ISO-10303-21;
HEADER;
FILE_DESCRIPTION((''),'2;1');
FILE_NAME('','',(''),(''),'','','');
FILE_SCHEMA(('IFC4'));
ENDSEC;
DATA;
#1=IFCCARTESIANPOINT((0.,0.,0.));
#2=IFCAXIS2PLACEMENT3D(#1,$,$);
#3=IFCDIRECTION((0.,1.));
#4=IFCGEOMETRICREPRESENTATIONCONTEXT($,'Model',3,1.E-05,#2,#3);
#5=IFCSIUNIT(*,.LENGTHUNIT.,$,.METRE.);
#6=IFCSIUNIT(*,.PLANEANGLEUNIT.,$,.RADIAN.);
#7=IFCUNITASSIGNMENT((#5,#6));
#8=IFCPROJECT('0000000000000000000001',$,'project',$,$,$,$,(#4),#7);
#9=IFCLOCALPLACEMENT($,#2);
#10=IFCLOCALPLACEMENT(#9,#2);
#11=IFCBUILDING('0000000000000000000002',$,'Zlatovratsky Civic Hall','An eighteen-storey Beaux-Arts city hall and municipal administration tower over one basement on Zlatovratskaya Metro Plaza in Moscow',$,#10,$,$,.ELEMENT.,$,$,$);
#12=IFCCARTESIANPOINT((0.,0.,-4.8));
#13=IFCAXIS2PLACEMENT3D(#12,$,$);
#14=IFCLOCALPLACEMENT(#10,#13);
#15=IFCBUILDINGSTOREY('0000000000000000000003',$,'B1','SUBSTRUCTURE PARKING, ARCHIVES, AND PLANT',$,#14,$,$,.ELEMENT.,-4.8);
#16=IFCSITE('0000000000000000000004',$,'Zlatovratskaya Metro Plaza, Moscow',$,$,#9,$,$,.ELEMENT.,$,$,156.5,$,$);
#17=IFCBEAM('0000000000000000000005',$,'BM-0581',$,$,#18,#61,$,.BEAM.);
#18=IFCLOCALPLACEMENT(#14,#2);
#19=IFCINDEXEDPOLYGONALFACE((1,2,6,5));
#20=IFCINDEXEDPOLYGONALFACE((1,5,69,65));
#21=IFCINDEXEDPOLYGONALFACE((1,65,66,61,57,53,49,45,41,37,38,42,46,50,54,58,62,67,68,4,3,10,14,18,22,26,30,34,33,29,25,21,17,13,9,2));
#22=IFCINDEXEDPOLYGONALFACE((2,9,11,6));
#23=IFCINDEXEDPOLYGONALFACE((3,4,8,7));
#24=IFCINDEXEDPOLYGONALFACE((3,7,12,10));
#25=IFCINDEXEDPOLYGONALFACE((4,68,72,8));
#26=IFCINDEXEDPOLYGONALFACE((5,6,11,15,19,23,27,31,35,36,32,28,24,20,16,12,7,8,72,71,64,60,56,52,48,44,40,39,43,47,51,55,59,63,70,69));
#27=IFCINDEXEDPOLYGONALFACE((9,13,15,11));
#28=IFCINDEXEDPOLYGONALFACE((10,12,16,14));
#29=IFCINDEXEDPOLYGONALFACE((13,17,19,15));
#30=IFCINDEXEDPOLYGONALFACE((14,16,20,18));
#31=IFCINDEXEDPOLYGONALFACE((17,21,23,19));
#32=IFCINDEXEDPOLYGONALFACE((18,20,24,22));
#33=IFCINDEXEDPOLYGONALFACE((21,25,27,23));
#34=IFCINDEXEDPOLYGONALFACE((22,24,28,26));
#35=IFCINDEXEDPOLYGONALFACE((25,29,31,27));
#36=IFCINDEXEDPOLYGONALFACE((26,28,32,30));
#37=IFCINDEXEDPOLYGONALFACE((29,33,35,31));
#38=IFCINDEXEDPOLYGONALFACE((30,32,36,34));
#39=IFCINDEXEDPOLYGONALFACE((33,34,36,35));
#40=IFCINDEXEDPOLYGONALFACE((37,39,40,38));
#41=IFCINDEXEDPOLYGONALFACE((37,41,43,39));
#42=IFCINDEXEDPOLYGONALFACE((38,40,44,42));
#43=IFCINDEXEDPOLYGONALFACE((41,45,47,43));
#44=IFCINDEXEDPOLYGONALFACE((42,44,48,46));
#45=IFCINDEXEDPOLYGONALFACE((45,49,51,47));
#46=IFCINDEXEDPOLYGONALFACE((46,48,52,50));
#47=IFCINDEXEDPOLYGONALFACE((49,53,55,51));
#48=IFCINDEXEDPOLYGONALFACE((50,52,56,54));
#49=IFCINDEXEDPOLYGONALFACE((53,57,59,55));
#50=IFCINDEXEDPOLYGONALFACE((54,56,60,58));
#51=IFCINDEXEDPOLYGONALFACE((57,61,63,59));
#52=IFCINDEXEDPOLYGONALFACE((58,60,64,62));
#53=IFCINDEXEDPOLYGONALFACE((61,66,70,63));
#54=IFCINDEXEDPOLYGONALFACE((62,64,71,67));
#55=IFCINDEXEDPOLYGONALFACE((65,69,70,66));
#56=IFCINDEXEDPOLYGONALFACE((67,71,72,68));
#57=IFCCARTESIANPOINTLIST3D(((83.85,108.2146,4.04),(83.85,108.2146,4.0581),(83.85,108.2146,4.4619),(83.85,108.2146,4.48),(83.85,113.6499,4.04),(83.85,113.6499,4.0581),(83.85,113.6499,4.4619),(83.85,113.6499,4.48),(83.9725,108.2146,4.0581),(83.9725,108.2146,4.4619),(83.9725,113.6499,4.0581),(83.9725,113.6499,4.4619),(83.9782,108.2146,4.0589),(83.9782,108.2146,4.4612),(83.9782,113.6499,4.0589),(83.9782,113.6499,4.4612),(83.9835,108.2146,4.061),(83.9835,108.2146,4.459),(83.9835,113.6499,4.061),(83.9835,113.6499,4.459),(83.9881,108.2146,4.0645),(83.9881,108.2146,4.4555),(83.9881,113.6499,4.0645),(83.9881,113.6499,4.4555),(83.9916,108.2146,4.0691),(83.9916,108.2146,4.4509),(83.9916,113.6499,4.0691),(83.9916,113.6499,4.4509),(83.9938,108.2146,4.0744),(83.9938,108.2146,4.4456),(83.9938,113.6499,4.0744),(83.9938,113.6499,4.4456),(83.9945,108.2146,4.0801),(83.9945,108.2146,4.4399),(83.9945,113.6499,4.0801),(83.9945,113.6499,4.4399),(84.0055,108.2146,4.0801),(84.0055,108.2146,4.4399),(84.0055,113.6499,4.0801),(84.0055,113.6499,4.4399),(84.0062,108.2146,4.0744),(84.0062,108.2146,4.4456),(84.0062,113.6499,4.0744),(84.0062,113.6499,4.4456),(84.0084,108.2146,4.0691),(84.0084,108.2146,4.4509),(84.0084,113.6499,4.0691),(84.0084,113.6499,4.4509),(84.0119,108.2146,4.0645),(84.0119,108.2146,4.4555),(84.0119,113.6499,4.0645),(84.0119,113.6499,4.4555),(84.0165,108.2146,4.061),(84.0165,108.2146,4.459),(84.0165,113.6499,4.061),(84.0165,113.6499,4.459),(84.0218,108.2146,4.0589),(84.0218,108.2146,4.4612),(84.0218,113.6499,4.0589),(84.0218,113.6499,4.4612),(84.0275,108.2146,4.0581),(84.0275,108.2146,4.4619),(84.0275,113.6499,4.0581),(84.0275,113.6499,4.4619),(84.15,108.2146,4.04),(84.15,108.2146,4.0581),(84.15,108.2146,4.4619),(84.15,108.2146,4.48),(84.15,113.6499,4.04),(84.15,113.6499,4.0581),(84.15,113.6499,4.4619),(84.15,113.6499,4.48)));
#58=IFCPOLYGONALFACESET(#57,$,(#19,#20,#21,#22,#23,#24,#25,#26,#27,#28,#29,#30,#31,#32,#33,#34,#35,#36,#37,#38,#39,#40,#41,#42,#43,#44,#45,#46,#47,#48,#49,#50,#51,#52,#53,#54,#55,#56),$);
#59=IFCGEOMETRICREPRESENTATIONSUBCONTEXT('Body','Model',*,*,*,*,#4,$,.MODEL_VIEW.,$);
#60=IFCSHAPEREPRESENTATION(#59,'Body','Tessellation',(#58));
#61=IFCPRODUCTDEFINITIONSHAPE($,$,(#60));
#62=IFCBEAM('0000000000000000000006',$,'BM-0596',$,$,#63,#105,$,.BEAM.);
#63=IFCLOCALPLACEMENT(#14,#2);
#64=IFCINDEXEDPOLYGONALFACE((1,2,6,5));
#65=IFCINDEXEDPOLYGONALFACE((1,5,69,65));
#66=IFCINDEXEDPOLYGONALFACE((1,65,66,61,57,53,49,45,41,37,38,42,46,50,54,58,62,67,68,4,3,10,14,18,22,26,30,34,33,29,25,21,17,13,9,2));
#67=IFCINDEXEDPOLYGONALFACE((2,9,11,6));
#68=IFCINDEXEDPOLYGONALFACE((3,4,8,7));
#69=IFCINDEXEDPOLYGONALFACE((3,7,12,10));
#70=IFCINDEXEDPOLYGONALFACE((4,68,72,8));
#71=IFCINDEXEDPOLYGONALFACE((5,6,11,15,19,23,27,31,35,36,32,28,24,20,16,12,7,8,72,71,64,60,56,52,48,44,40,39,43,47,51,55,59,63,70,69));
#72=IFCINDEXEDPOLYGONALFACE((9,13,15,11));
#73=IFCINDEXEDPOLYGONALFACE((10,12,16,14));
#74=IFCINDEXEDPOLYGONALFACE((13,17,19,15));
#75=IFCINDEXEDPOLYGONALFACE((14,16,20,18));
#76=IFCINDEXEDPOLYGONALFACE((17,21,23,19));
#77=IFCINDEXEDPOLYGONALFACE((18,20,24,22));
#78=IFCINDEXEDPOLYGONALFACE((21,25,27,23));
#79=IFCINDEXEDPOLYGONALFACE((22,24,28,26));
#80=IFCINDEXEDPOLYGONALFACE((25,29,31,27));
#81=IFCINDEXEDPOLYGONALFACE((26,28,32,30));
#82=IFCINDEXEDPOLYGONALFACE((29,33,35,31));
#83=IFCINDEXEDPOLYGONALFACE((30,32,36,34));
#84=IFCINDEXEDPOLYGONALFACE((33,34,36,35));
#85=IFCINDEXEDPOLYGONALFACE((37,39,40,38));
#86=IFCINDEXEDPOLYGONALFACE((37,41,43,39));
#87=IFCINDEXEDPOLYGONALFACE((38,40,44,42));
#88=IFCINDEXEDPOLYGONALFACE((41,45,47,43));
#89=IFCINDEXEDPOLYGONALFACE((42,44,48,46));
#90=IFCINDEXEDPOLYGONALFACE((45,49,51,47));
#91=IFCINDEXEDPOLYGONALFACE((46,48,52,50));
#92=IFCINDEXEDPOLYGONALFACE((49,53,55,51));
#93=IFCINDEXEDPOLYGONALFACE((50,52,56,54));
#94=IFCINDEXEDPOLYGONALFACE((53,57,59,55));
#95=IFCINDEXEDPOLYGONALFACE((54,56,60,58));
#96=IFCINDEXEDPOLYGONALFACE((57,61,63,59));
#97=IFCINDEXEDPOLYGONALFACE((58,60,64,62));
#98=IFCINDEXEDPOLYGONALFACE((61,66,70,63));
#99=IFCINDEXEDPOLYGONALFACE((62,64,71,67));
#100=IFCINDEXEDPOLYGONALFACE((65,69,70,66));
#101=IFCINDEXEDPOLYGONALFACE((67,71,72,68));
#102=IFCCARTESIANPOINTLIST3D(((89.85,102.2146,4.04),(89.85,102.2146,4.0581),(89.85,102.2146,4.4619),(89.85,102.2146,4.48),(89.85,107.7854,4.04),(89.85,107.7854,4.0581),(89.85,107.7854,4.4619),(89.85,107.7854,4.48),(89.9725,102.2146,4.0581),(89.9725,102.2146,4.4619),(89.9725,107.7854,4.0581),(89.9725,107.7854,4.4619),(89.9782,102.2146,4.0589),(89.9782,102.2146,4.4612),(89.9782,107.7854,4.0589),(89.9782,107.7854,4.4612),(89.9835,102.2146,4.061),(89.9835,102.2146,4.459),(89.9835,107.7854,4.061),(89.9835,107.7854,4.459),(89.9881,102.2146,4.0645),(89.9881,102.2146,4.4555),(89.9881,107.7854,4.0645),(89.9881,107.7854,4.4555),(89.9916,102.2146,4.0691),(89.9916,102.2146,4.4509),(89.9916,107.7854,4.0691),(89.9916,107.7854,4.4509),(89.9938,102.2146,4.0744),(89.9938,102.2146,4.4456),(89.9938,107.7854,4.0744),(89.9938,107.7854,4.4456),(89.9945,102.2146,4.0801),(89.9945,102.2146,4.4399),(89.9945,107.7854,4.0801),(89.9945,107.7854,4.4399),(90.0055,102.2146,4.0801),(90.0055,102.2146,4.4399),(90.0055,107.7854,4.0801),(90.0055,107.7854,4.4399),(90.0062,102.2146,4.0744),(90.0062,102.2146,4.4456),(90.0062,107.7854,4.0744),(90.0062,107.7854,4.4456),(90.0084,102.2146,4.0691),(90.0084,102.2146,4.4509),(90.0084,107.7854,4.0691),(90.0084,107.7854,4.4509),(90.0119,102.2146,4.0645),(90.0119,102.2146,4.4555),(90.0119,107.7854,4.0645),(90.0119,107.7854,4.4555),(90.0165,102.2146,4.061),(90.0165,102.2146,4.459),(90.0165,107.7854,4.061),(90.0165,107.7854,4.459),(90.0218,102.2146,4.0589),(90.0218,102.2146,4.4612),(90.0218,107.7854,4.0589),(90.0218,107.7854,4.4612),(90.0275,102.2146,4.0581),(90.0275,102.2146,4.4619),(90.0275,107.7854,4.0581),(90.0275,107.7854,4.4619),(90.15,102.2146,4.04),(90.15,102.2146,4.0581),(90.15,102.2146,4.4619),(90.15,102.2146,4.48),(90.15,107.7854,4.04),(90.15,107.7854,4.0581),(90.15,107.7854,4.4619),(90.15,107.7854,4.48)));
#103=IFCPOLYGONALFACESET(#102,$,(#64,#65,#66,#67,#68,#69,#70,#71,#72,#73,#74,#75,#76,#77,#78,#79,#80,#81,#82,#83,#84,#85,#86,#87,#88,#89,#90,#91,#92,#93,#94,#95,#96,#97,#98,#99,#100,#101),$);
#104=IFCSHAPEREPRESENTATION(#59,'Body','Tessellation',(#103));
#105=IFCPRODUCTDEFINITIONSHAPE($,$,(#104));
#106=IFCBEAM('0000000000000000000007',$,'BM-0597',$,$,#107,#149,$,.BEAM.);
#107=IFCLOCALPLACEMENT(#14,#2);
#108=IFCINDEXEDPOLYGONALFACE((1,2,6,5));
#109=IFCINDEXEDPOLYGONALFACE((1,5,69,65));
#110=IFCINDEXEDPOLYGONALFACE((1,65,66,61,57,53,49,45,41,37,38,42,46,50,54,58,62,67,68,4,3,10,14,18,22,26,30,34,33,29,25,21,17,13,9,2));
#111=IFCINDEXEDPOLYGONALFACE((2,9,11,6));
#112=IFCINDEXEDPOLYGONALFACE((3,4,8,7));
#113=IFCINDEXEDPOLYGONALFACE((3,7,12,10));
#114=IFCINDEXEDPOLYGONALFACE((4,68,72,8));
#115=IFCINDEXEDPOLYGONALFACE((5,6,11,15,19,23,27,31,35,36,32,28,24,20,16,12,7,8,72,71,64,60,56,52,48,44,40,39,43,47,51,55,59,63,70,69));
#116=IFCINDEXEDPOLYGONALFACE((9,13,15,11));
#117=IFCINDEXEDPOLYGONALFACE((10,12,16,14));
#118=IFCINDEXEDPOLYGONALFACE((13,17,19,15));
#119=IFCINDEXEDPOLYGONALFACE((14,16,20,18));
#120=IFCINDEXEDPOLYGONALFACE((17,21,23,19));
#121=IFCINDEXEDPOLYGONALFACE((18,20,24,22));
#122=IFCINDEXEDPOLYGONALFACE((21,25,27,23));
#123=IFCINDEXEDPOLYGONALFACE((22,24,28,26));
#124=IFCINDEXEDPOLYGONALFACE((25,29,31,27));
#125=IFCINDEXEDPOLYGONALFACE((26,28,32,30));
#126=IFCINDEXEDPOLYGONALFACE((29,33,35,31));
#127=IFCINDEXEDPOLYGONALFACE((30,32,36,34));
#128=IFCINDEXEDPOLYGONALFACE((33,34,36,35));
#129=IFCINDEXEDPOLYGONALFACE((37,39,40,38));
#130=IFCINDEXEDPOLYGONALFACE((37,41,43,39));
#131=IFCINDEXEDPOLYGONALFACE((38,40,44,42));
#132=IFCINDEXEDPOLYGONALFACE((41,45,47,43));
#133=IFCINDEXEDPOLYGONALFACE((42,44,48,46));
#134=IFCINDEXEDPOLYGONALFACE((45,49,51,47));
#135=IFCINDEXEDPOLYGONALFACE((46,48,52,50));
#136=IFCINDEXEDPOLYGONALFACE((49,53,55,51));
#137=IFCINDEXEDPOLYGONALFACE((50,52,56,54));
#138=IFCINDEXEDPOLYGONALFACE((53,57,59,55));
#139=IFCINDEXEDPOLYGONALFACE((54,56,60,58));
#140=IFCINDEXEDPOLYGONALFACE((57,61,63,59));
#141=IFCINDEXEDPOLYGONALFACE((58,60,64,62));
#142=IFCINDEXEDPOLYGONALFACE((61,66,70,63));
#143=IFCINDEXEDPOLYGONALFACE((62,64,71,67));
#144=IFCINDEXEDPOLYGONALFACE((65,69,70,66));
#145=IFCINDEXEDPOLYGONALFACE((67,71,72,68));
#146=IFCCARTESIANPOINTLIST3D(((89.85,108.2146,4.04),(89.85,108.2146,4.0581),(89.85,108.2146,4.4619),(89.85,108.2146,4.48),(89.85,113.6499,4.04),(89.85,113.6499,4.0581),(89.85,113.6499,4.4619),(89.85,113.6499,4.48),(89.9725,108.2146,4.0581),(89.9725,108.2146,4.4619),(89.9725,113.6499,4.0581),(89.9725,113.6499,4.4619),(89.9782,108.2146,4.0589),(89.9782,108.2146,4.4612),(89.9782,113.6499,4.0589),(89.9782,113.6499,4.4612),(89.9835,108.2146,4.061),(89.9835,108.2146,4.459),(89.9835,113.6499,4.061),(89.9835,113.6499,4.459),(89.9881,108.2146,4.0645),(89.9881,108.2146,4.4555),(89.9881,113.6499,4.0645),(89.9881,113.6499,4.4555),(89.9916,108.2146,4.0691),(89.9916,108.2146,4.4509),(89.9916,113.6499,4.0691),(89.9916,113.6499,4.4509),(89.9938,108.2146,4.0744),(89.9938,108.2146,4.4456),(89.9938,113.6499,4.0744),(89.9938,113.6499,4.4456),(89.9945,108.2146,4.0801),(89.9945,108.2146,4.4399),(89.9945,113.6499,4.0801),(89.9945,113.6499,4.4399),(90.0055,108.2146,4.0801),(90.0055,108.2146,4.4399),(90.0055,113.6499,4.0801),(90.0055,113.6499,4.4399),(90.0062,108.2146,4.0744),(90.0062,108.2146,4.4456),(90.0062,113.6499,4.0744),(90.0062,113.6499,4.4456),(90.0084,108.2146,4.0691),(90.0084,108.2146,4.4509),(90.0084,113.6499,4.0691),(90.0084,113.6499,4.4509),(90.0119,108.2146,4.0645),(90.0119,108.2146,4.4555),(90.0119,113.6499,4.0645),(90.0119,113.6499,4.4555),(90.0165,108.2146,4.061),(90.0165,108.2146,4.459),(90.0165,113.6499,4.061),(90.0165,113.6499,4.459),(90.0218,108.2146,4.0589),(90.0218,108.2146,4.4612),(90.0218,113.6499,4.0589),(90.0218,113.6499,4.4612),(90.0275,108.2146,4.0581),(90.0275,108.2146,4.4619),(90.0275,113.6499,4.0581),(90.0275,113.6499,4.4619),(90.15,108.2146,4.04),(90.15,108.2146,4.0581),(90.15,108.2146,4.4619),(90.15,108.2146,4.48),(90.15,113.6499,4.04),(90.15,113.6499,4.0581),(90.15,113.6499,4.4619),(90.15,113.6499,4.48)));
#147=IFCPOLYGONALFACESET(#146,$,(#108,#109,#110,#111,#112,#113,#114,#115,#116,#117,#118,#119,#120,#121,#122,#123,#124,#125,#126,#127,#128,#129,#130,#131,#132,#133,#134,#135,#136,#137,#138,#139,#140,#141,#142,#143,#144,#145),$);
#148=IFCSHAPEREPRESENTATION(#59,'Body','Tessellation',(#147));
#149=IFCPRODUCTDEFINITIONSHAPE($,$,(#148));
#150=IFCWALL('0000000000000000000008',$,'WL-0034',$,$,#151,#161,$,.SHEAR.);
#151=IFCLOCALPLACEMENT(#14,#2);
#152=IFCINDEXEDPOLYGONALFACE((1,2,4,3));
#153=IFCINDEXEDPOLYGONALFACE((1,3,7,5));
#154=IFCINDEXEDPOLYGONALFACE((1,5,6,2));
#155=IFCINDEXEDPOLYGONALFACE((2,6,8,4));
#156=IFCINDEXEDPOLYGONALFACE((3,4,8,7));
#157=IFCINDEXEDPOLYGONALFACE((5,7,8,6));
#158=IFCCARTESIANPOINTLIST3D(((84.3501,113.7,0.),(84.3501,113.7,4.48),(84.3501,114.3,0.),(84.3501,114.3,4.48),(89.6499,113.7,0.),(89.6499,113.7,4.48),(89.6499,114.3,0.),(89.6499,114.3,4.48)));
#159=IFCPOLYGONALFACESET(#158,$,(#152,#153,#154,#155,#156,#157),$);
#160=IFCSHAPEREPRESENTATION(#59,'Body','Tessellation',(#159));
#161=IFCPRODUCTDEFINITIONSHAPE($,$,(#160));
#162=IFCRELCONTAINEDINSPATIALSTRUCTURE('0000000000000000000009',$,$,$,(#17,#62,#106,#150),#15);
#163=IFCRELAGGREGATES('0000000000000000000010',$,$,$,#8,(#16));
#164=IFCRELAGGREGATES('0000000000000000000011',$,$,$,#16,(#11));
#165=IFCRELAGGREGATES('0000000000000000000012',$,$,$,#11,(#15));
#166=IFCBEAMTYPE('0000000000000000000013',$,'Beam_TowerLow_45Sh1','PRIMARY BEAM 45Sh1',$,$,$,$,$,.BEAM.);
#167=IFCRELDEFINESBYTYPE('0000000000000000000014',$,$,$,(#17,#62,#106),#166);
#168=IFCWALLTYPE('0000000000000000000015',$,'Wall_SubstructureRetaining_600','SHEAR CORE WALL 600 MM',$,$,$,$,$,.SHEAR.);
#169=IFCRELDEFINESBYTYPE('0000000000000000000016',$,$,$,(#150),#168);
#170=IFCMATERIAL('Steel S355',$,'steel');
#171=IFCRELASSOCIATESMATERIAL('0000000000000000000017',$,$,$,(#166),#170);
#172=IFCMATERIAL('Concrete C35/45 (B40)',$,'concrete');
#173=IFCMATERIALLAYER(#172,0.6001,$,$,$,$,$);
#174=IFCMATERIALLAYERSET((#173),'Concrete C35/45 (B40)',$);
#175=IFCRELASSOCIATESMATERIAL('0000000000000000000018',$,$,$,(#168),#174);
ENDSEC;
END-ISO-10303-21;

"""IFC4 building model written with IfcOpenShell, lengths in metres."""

from ifc_helpers import new_model, si_unit, direction, frame, frame_2d, origin, origin_2d, place, context, subcontext, project, spatial, rectangle, i_section, extrude, material, layer, layer_set, material_profile, profile_set, type_object, element, save


model = new_model("IFC4")

# Units and contexts
model_context = context("Model", 3, precision=1e-05, world=origin(), true_north=direction((0.0, 1.0)))
body_context = subcontext(model_context, "Body", "Model", "MODEL_VIEW")
ifc_project = project(units=[si_unit("LENGTHUNIT", "METRE"), si_unit("PLANEANGLEUNIT", "RADIAN")], contexts=[model_context])

# Site, building, storey
site_placement = place(None, origin())
site = spatial("IfcSite", under=ifc_project, at=site_placement, Name="Zlatovratskaya Metro Plaza, Moscow", CompositionType="ELEMENT", RefElevation=156.5)
building_placement = place(site_placement, origin())
building = spatial("IfcBuilding", under=site, at=building_placement, Name="Zlatovratsky Civic Hall", Description="An eighteen-storey Beaux-Arts city hall and municipal administration tower over one basement on Zlatovratskaya Metro Plaza in Moscow", CompositionType="ELEMENT")
storey_placement = place(building_placement, frame((0.0, 0.0, -4.8)))
storey = spatial("IfcBuildingStorey", under=building, at=storey_placement, Name="B1", Description="SUBSTRUCTURE PARKING, ARCHIVES, AND PLANT", CompositionType="ELEMENT", Elevation=-4.8)

# Shared definitions
ifc_material_1 = material(Name="Concrete C35/45 (B40)", Category="concrete")
ifc_material_2 = material(Name="Steel S355", Category="steel")

# Beams
ifc_material_profile_1 = material_profile(ifc_material_2, i_section(OverallWidth=0.3, OverallDepth=0.4399, WebThickness=0.011, FlangeThickness=0.0181, FilletRadius=0.022, at=origin_2d()), Name="45Sh1")
ifc_profile_set_1 = profile_set([ifc_material_profile_1], Name="Steel S355")
beam_type_1 = type_object("IfcBeamType", Name="Beam_TowerLow_45Sh1", Description="PRIMARY BEAM 45Sh1", PredefinedType="BEAM", material=ifc_profile_set_1)
beam_1_placement = place(storey_placement, frame((84.0, 108.2146, 4.26), z_axis=(0.0, 1.0, 0.0), x_axis=(-1.0, 0.0, 0.0)))
element("IfcBeam", 1, at=beam_1_placement, inside=storey, type_object=beam_type_1, Name="BM-0581", PredefinedType="BEAM", context=body_context, shape_type="SweptSolid", body=[
    extrude(i_section(OverallWidth=0.3, OverallDepth=0.4399, WebThickness=0.011, FlangeThickness=0.0181, FilletRadius=0.022, at=origin_2d()), origin(), (0.0, 0.0, 1.0), 5.4353),
])
beam_2_placement = place(storey_placement, frame((90.0, 102.2146, 4.26), z_axis=(0.0, 1.0, 0.0), x_axis=(-1.0, 0.0, 0.0)))
element("IfcBeam", 2, at=beam_2_placement, inside=storey, type_object=beam_type_1, Name="BM-0596", PredefinedType="BEAM", context=body_context, shape_type="SweptSolid", body=[
    extrude(i_section(OverallWidth=0.3, OverallDepth=0.4399, WebThickness=0.011, FlangeThickness=0.0181, FilletRadius=0.022, at=origin_2d()), origin(), (0.0, 0.0, 1.0), 5.5708),
])
beam_3_placement = place(storey_placement, frame((90.0, 108.2146, 4.26), z_axis=(0.0, 1.0, 0.0), x_axis=(-1.0, 0.0, 0.0)))
element("IfcBeam", 3, at=beam_3_placement, inside=storey, type_object=beam_type_1, Name="BM-0597", PredefinedType="BEAM", context=body_context, shape_type="SweptSolid", body=[
    extrude(i_section(OverallWidth=0.3, OverallDepth=0.4399, WebThickness=0.011, FlangeThickness=0.0181, FilletRadius=0.022, at=origin_2d()), origin(), (0.0, 0.0, 1.0), 5.4353),
])

# Wall
ifc_layer = layer(ifc_material_1, 0.6001)
ifc_layer_set = layer_set([ifc_layer], Name="Concrete C35/45 (B40)")
wall_type = type_object("IfcWallType", Name="Wall_SubstructureRetaining_600", Description="SHEAR CORE WALL 600 MM", PredefinedType="SHEAR", material=ifc_layer_set)
wall_placement = place(storey_placement, frame((84.3501, 114.0, 0.0), z_axis=(0.0, 0.0, 1.0), x_axis=(1.0, 0.0, 0.0)))
element("IfcWall", 4, at=wall_placement, inside=storey, type_object=wall_type, Name="WL-0034", PredefinedType="SHEAR", context=body_context, shape_type="SweptSolid", body=[
    extrude(rectangle(XDim=5.2998, YDim=0.6001, at=frame_2d((2.6499, 0.0))), origin(), (0.0, 0.0, 1.0), 4.48),
])

save(model, "model.ifc")
